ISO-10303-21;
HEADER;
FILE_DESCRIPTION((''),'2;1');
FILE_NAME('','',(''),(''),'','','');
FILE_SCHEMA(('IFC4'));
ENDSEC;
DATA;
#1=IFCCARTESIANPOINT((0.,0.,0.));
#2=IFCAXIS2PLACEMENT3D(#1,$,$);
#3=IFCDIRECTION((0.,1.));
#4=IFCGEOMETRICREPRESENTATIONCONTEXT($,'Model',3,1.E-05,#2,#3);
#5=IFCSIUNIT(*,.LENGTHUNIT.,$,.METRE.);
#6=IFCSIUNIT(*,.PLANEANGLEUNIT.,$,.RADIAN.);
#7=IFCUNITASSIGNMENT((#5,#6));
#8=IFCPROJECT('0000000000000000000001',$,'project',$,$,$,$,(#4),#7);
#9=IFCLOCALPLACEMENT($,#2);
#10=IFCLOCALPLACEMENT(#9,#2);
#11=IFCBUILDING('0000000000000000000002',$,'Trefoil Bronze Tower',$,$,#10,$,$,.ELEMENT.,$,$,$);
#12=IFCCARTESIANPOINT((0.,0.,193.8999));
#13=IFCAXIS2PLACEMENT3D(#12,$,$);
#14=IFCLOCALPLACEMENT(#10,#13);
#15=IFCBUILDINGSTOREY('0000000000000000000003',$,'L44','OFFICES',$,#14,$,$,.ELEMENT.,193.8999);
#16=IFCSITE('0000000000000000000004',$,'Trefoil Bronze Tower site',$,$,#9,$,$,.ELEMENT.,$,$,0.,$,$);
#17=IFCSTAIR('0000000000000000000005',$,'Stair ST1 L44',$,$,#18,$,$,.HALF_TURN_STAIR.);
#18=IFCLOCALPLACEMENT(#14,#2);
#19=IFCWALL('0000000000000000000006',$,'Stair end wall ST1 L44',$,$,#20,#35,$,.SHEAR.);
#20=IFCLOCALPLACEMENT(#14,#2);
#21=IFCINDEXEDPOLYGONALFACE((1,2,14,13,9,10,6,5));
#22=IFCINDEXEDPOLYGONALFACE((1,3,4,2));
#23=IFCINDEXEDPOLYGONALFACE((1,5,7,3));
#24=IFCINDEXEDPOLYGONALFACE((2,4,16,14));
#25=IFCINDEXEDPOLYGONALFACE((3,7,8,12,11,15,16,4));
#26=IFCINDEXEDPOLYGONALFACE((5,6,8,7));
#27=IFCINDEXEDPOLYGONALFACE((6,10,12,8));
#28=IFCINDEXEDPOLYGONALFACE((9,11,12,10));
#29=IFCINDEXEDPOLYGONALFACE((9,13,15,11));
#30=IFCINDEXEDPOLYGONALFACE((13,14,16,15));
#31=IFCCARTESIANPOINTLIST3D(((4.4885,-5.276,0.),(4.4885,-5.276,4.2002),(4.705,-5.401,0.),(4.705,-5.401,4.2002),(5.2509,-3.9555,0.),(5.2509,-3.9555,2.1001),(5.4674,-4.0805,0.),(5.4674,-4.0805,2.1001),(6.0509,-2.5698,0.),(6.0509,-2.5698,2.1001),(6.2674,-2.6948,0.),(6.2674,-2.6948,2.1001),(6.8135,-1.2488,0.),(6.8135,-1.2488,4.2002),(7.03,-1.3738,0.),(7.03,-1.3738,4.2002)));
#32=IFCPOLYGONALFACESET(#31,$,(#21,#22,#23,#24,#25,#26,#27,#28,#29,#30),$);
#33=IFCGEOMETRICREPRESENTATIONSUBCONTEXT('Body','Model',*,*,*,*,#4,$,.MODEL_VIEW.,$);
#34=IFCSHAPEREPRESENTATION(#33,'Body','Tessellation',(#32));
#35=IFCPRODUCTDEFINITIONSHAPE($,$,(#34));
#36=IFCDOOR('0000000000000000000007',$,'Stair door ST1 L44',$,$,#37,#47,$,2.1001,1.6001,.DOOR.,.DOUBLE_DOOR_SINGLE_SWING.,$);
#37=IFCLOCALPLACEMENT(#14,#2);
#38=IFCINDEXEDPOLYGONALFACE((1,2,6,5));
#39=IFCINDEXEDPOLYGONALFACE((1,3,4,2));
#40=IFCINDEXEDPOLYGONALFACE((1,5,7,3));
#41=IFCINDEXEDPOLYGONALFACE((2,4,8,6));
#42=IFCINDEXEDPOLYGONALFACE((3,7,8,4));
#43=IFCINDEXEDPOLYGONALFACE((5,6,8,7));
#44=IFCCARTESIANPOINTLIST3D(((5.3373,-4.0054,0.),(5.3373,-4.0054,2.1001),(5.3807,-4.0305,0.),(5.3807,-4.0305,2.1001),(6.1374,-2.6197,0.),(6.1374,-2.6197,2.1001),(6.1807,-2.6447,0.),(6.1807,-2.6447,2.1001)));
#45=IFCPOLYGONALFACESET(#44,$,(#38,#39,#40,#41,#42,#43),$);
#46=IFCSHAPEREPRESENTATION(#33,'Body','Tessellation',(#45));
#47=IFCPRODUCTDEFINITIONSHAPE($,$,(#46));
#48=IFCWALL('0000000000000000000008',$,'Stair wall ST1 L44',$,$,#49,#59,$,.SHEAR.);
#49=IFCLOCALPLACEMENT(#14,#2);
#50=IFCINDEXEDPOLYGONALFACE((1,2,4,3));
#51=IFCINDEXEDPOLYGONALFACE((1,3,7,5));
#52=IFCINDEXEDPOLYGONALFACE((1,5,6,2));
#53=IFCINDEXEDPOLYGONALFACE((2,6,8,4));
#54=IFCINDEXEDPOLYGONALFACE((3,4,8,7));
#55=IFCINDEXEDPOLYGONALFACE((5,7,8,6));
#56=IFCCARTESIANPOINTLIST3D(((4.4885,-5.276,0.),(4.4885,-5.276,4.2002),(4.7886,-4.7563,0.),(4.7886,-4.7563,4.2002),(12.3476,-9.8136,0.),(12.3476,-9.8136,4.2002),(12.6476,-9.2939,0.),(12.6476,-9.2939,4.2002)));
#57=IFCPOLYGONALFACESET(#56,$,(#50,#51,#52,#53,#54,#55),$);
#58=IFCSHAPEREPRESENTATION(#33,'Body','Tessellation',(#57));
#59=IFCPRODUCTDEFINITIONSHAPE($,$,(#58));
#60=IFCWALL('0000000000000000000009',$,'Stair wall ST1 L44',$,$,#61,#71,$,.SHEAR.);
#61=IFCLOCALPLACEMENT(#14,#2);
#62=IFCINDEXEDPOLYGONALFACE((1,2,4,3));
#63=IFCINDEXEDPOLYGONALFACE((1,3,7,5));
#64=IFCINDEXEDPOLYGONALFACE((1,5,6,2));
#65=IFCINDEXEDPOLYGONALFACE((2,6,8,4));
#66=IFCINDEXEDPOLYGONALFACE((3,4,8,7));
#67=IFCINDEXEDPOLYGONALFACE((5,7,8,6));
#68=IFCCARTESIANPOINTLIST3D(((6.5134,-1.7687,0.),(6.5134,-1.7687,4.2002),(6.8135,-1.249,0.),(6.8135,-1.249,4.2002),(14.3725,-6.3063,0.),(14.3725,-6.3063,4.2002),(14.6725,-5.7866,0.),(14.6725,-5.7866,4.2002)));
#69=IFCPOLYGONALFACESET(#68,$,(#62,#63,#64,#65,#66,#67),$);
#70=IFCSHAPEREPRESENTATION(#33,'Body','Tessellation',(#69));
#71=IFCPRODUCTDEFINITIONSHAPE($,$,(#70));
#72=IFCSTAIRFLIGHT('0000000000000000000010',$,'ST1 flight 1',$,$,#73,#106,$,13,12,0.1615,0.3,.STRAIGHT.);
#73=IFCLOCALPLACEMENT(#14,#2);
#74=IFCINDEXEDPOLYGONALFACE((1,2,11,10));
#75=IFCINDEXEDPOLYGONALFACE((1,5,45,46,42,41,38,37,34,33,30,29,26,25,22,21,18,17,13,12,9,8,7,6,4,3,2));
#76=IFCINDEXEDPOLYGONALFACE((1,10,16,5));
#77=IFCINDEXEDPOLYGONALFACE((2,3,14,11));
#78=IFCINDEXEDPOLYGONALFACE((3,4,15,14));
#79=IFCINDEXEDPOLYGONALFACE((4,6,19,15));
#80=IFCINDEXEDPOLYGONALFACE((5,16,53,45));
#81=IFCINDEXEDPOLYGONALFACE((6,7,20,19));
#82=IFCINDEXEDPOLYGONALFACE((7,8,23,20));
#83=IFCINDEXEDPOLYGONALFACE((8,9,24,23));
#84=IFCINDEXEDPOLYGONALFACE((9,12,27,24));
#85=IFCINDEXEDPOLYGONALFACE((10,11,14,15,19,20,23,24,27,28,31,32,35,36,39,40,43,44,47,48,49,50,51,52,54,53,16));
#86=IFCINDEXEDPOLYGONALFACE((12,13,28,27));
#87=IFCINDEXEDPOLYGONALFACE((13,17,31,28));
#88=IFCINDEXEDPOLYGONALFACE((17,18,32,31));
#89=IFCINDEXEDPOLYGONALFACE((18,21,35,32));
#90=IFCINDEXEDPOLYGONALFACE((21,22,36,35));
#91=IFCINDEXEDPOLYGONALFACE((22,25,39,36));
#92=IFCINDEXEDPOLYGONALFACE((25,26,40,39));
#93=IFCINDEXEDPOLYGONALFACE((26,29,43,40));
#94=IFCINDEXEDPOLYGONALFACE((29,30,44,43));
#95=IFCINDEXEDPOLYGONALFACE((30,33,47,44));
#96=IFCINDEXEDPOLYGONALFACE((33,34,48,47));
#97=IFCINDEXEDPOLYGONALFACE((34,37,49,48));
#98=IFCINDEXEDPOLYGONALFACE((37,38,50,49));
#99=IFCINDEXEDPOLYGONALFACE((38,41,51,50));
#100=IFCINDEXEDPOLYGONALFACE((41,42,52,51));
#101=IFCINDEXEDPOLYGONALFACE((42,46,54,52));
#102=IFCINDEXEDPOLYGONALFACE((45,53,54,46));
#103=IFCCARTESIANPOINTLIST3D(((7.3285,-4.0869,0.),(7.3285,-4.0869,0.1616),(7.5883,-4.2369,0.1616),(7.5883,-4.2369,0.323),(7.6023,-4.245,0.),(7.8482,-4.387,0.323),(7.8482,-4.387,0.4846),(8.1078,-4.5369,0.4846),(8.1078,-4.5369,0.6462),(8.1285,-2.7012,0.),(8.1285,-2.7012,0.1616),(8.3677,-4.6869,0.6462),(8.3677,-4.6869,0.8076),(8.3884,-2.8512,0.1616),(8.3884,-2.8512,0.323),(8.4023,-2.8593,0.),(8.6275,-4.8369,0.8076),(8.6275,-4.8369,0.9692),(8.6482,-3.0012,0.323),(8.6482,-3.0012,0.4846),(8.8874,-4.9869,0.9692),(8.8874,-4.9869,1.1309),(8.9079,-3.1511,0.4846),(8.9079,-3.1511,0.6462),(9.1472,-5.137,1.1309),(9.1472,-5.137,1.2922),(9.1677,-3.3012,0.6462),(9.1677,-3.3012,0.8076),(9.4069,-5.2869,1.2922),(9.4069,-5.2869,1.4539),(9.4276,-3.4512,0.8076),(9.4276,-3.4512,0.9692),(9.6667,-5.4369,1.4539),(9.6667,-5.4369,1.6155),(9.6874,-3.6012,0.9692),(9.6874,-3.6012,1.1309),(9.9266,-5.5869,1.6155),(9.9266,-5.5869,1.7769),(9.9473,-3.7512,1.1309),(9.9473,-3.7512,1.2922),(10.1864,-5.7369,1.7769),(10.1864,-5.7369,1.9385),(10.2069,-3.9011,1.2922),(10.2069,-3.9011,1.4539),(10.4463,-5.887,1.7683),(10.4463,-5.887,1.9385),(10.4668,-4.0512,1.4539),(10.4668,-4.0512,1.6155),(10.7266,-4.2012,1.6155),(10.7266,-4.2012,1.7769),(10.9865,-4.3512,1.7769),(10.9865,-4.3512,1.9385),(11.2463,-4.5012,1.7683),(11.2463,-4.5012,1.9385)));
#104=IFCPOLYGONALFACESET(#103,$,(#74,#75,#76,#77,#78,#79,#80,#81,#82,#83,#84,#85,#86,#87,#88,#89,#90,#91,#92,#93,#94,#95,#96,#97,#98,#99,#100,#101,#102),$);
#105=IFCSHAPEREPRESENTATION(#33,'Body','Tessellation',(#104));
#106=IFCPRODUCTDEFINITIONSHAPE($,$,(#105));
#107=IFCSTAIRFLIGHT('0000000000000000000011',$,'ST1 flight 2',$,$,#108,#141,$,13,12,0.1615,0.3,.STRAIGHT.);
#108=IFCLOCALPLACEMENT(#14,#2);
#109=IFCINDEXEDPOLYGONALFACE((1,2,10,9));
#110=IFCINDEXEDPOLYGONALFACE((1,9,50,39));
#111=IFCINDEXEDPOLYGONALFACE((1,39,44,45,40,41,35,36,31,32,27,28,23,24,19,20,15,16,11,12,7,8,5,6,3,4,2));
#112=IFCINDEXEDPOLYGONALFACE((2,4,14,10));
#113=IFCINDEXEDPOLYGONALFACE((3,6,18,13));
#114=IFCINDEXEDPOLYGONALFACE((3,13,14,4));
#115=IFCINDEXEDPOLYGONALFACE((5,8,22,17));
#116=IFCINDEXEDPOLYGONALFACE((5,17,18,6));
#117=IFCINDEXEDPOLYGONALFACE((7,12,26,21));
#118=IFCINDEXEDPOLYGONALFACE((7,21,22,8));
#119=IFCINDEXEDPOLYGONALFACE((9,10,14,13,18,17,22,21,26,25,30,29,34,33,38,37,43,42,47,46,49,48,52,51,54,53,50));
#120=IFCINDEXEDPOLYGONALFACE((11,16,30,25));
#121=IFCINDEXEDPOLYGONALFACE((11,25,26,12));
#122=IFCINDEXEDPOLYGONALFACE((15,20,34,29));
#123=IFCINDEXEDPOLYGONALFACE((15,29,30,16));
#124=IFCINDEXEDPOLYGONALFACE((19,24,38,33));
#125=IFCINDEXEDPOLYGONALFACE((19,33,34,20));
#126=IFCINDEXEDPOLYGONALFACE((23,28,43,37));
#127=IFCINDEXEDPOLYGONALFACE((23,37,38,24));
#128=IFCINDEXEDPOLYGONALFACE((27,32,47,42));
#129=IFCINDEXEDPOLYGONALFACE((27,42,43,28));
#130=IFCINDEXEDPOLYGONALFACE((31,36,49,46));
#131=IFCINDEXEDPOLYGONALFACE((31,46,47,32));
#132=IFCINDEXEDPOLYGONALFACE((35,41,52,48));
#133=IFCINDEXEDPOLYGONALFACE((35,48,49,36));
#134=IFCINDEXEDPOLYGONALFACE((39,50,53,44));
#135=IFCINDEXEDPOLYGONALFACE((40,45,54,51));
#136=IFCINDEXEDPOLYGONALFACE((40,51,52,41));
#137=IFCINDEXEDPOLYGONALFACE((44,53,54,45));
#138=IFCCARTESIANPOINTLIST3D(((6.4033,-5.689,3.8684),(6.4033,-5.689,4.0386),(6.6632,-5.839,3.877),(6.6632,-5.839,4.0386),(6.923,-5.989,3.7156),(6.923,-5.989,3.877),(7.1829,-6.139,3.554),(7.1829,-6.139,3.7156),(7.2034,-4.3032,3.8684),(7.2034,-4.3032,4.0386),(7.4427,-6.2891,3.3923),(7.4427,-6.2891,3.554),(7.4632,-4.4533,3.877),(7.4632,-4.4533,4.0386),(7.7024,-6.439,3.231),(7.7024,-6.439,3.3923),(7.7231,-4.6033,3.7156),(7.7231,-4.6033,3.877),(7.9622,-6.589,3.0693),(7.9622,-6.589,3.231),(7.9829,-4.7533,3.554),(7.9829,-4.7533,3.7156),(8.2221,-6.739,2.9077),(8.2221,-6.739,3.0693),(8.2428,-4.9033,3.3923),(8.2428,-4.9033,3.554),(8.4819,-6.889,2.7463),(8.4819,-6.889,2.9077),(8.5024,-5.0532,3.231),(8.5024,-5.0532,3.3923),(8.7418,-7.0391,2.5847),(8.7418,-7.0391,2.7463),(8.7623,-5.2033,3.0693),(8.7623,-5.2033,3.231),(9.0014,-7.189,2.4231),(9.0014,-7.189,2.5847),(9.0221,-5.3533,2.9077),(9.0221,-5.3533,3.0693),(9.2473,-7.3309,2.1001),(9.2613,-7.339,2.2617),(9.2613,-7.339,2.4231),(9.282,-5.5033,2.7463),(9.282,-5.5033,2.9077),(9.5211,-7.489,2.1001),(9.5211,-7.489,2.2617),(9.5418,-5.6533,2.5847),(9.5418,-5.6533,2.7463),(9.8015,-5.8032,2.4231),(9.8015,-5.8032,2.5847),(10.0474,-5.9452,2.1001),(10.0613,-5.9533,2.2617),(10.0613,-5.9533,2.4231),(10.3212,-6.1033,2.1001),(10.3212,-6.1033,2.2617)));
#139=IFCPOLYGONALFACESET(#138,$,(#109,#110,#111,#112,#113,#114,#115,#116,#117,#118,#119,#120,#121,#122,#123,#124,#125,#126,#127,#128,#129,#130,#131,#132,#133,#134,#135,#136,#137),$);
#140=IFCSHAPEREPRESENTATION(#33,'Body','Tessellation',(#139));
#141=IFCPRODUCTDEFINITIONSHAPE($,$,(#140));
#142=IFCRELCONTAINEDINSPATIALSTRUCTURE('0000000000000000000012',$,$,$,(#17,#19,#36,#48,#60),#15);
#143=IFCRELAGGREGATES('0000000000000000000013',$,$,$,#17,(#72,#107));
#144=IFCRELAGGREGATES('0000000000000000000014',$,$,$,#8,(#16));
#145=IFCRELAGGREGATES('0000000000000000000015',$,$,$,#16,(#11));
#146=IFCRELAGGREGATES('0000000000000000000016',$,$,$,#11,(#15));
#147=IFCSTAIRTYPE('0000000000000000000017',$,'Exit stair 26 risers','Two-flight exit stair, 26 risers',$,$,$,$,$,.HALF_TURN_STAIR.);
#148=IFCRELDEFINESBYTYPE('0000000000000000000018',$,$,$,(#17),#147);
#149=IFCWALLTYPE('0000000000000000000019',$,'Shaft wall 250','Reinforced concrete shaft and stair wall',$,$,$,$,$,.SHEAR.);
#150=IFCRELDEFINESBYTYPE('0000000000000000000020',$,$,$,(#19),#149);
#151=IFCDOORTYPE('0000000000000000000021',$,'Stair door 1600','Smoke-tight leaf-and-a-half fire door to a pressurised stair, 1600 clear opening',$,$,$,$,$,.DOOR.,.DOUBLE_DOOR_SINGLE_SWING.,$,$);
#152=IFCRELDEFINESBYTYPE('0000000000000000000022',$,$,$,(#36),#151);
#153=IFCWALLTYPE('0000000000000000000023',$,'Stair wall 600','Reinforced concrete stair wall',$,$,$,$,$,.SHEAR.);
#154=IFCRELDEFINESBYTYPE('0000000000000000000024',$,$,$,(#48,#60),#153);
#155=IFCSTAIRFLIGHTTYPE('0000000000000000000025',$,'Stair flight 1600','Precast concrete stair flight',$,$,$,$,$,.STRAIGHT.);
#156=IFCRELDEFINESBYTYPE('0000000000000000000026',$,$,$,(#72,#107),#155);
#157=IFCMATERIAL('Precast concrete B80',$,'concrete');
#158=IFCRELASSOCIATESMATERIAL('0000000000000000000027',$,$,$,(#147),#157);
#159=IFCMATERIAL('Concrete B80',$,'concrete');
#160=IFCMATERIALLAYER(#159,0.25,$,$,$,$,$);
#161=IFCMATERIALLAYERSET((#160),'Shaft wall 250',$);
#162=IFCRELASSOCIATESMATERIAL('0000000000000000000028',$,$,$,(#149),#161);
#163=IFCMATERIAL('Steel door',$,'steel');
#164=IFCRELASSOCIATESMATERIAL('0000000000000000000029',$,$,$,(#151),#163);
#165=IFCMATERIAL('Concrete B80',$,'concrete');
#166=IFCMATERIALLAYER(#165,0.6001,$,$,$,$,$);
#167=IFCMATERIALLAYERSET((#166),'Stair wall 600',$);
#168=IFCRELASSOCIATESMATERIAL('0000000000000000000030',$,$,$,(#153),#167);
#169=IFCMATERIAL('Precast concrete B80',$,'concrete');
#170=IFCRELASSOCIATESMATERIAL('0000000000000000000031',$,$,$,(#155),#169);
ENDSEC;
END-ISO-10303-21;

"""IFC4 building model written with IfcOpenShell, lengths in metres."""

from ifc_helpers import new_model, si_unit, direction, frame, frame_2d, origin, place, context, subcontext, project, spatial, polyline, rectangle, outline, extrude, material, layer, layer_set, type_object, element, fill, aggregate, save


model = new_model("IFC4")

# Units and contexts
model_context = context("Model", 3, precision=1e-05, world=origin(), true_north=direction((0.0, 1.0)))
body_context = subcontext(model_context, "Body", "Model", "MODEL_VIEW")
ifc_project = project(units=[si_unit("LENGTHUNIT", "METRE"), si_unit("PLANEANGLEUNIT", "RADIAN")], contexts=[model_context])

# Site, building, storey
site_placement = place(None, origin())
site = spatial("IfcSite", under=ifc_project, at=site_placement, Name="Trefoil Bronze Tower site", CompositionType="ELEMENT", RefElevation=0.0)
building_placement = place(site_placement, origin())
building = spatial("IfcBuilding", under=site, at=building_placement, Name="Trefoil Bronze Tower", CompositionType="ELEMENT")
storey_placement = place(building_placement, frame((0.0, 0.0, 193.8999)))
storey = spatial("IfcBuildingStorey", under=building, at=storey_placement, Name="L44", Description="OFFICES", CompositionType="ELEMENT", Elevation=193.8999)

# Stair
ifc_material_1 = material(Name="Precast concrete B80", Category="concrete")
stair_type = type_object("IfcStairType", Name="Exit stair 26 risers", Description="Two-flight exit stair, 26 risers", PredefinedType="HALF_TURN_STAIR", material=ifc_material_1)
stair_1_placement = place(storey_placement, origin())
stair_1 = element("IfcStair", 1, at=stair_1_placement, inside=storey, type_object=stair_type, Name="Stair ST1 L44", PredefinedType="HALF_TURN_STAIR")

# Wall, opening, door
ifc_material_2 = material(Name="Concrete B80", Category="concrete")
ifc_layer_1 = layer(ifc_material_2, 0.25)
ifc_layer_set_1 = layer_set([ifc_layer_1], Name="Shaft wall 250")
wall_type_1 = type_object("IfcWallType", Name="Shaft wall 250", Description="Reinforced concrete shaft and stair wall", PredefinedType="SHEAR", material=ifc_layer_set_1)
wall_1_placement = place(storey_placement, frame((4.5967, -5.3386, 0.0), z_axis=(0.0, 0.0, 1.0), x_axis=(0.499985, 0.866034, 0.0)))
wall_1 = element("IfcWall", 2, at=wall_1_placement, inside=storey, type_object=wall_type_1, Name="Stair end wall ST1 L44", PredefinedType="SHEAR", context=body_context, shape_type="SweptSolid", body=[
    extrude(rectangle(XDim=4.6501, YDim=0.25, at=frame_2d((2.3252, 0.0))), origin(), (0.0, 0.0, 1.0), 4.2002),
])
opening_1_placement = place(wall_1_placement, frame((1.5249, 0.0, 0.0)))
opening_1 = element("IfcOpeningElement", 3, at=opening_1_placement, cuts=wall_1, PredefinedType="OPENING", context=body_context, shape_type="SweptSolid", body=[
    extrude(rectangle(XDim=1.6001, YDim=2.1001, at=frame_2d((0.8, 1.05))), frame((0.0, 0.135, 0.0), z_axis=(0.0, -1.0, 0.0), x_axis=(1.0, 0.0, 0.0)), (0.0, 0.0, 1.0), 0.27),
])
ifc_material_3 = material(Name="Steel door", Category="steel")
door_type_1 = type_object("IfcDoorType", Name="Stair door 1600", Description="Smoke-tight leaf-and-a-half fire door to a pressurised stair, 1600 clear opening", OperationType="DOUBLE_DOOR_SINGLE_SWING", PredefinedType="DOOR", material=ifc_material_3)
door_1_placement = place(opening_1_placement, frame((1.6001, 0.0, 0.0), z_axis=(0.0, 0.0, 1.0), x_axis=(-1.0, 0.0, 0.0)))
door_1 = element("IfcDoor", 4, at=door_1_placement, inside=storey, type_object=door_type_1, Name="Stair door ST1 L44", OperationType="DOUBLE_DOOR_SINGLE_SWING", OverallHeight=2.1001, OverallWidth=1.6001, PredefinedType="DOOR", context=body_context, shape_type="SweptSolid", body=[
    extrude(rectangle(XDim=1.6001, YDim=2.1001, at=frame_2d((0.8, 1.05))), frame((0.0, 0.0249, 0.0), z_axis=(0.0, -1.0, 0.0), x_axis=(1.0, 0.0, 0.0)), (0.0, 0.0, 1.0), 0.05),
])
fill(opening_1, door_1)

# Walls
ifc_material_4 = material(Name="Concrete B80", Category="concrete")
ifc_layer_2 = layer(ifc_material_4, 0.6001)
ifc_layer_set_2 = layer_set([ifc_layer_2], Name="Stair wall 600")
wall_type_2 = type_object("IfcWallType", Name="Stair wall 600", Description="Reinforced concrete stair wall", PredefinedType="SHEAR", material=ifc_layer_set_2)
for number, where, z_axis, x_axis, name in (
    (5, (4.6384, -5.0161, 0.0), (0.0, 0.0, 1.0), (0.866019, -0.50001, 0.0), "Stair wall ST1 L44"),
    (6, (6.6633, -1.5088, 0.0), (0.0, 0.0, 1.0), (0.866019, -0.50001, 0.0), "Stair wall ST1 L44"),
):
    element("IfcWall", number, at=place(storey_placement, frame(where, z_axis=z_axis, x_axis=x_axis)), inside=storey, type_object=wall_type_2, Name=name, PredefinedType="SHEAR", context=body_context, shape_type="SweptSolid", body=[
        extrude(rectangle(XDim=9.075, YDim=0.6001, at=frame_2d((4.5376, 0.0))), origin(), (0.0, 0.0, 1.0), 4.2002),
    ])

# Stair flights
ifc_material_5 = material(Name="Precast concrete B80", Category="concrete")
stair_flight_type = type_object("IfcStairFlightType", Name="Stair flight 1600", Description="Precast concrete stair flight", PredefinedType="STRAIGHT", material=ifc_material_5)
stair_flight_1_placement = place(storey_placement, frame((7.7285, -3.394, 0.0), z_axis=(0.0, 0.0, 1.0), x_axis=(0.866025, -0.5, 0.0)))
stair_flight_1 = element("IfcStairFlight", 7, at=stair_flight_1_placement, type_object=stair_flight_type, Name="ST1 flight 1", NumberOfRisers=13, NumberOfTreads=12, PredefinedType="STRAIGHT", RiserHeight=0.1615, TreadLength=0.3, context=body_context, shape_type="SweptSolid", body=[
    extrude(outline(polyline([(0.0, 0.0), (0.0, 0.1616), (0.3, 0.1616), (0.3, 0.323), (0.6001, 0.323), (0.6001, 0.4846), (0.8999, 0.4846), (0.8999, 0.6462), (1.2, 0.6462), (1.2, 0.8076), (1.5, 0.8076), (1.5, 0.9692), (1.8, 0.9692), (1.8, 1.1309), (2.1001, 1.1309), (2.1001, 1.2922), (2.3999, 1.2922), (2.3999, 1.4539), (2.7, 1.4539), (2.7, 1.6155), (3.0, 1.6155), (3.0, 1.7769), (3.3, 1.7769), (3.3, 1.9385), (3.6001, 1.9385), (3.6001, 2.1001), (3.6001, 1.7683), (0.3162, 0.0), (0.0, 0.0)])), frame((0.0, 0.8, 0.0), z_axis=(0.0, -1.0, 0.0), x_axis=(1.0, 0.0, 0.0)), (0.0, 0.0, 1.0), 1.6001),
])
stair_flight_2_placement = place(storey_placement, frame((9.9211, -6.7961, 2.1001), z_axis=(0.0, 0.0, 1.0), x_axis=(-0.866025, 0.5, 0.0)))
stair_flight_2 = element("IfcStairFlight", 8, at=stair_flight_2_placement, type_object=stair_flight_type, Name="ST1 flight 2", NumberOfRisers=13, NumberOfTreads=12, PredefinedType="STRAIGHT", RiserHeight=0.1615, TreadLength=0.3, context=body_context, shape_type="SweptSolid", body=[
    extrude(outline(polyline([(0.0, 0.0), (0.0, 0.1616), (0.3, 0.1616), (0.3, 0.323), (0.6001, 0.323), (0.6001, 0.4846), (0.8999, 0.4846), (0.8999, 0.6462), (1.2, 0.6462), (1.2, 0.8076), (1.5, 0.8076), (1.5, 0.9692), (1.8, 0.9692), (1.8, 1.1309), (2.1001, 1.1309), (2.1001, 1.2922), (2.3999, 1.2922), (2.3999, 1.4539), (2.7, 1.4539), (2.7, 1.6155), (3.0, 1.6155), (3.0, 1.7769), (3.3, 1.7769), (3.3, 1.9385), (3.6001, 1.9385), (3.6001, 2.1001), (3.6001, 1.7683), (0.3162, 0.0), (0.0, 0.0)])), frame((0.0, 0.8, 0.0), z_axis=(0.0, -1.0, 0.0), x_axis=(1.0, 0.0, 0.0)), (0.0, 0.0, 1.0), 1.6001),
])
aggregate(stair_1, [stair_flight_1, stair_flight_2])

save(model, "model.ifc")
